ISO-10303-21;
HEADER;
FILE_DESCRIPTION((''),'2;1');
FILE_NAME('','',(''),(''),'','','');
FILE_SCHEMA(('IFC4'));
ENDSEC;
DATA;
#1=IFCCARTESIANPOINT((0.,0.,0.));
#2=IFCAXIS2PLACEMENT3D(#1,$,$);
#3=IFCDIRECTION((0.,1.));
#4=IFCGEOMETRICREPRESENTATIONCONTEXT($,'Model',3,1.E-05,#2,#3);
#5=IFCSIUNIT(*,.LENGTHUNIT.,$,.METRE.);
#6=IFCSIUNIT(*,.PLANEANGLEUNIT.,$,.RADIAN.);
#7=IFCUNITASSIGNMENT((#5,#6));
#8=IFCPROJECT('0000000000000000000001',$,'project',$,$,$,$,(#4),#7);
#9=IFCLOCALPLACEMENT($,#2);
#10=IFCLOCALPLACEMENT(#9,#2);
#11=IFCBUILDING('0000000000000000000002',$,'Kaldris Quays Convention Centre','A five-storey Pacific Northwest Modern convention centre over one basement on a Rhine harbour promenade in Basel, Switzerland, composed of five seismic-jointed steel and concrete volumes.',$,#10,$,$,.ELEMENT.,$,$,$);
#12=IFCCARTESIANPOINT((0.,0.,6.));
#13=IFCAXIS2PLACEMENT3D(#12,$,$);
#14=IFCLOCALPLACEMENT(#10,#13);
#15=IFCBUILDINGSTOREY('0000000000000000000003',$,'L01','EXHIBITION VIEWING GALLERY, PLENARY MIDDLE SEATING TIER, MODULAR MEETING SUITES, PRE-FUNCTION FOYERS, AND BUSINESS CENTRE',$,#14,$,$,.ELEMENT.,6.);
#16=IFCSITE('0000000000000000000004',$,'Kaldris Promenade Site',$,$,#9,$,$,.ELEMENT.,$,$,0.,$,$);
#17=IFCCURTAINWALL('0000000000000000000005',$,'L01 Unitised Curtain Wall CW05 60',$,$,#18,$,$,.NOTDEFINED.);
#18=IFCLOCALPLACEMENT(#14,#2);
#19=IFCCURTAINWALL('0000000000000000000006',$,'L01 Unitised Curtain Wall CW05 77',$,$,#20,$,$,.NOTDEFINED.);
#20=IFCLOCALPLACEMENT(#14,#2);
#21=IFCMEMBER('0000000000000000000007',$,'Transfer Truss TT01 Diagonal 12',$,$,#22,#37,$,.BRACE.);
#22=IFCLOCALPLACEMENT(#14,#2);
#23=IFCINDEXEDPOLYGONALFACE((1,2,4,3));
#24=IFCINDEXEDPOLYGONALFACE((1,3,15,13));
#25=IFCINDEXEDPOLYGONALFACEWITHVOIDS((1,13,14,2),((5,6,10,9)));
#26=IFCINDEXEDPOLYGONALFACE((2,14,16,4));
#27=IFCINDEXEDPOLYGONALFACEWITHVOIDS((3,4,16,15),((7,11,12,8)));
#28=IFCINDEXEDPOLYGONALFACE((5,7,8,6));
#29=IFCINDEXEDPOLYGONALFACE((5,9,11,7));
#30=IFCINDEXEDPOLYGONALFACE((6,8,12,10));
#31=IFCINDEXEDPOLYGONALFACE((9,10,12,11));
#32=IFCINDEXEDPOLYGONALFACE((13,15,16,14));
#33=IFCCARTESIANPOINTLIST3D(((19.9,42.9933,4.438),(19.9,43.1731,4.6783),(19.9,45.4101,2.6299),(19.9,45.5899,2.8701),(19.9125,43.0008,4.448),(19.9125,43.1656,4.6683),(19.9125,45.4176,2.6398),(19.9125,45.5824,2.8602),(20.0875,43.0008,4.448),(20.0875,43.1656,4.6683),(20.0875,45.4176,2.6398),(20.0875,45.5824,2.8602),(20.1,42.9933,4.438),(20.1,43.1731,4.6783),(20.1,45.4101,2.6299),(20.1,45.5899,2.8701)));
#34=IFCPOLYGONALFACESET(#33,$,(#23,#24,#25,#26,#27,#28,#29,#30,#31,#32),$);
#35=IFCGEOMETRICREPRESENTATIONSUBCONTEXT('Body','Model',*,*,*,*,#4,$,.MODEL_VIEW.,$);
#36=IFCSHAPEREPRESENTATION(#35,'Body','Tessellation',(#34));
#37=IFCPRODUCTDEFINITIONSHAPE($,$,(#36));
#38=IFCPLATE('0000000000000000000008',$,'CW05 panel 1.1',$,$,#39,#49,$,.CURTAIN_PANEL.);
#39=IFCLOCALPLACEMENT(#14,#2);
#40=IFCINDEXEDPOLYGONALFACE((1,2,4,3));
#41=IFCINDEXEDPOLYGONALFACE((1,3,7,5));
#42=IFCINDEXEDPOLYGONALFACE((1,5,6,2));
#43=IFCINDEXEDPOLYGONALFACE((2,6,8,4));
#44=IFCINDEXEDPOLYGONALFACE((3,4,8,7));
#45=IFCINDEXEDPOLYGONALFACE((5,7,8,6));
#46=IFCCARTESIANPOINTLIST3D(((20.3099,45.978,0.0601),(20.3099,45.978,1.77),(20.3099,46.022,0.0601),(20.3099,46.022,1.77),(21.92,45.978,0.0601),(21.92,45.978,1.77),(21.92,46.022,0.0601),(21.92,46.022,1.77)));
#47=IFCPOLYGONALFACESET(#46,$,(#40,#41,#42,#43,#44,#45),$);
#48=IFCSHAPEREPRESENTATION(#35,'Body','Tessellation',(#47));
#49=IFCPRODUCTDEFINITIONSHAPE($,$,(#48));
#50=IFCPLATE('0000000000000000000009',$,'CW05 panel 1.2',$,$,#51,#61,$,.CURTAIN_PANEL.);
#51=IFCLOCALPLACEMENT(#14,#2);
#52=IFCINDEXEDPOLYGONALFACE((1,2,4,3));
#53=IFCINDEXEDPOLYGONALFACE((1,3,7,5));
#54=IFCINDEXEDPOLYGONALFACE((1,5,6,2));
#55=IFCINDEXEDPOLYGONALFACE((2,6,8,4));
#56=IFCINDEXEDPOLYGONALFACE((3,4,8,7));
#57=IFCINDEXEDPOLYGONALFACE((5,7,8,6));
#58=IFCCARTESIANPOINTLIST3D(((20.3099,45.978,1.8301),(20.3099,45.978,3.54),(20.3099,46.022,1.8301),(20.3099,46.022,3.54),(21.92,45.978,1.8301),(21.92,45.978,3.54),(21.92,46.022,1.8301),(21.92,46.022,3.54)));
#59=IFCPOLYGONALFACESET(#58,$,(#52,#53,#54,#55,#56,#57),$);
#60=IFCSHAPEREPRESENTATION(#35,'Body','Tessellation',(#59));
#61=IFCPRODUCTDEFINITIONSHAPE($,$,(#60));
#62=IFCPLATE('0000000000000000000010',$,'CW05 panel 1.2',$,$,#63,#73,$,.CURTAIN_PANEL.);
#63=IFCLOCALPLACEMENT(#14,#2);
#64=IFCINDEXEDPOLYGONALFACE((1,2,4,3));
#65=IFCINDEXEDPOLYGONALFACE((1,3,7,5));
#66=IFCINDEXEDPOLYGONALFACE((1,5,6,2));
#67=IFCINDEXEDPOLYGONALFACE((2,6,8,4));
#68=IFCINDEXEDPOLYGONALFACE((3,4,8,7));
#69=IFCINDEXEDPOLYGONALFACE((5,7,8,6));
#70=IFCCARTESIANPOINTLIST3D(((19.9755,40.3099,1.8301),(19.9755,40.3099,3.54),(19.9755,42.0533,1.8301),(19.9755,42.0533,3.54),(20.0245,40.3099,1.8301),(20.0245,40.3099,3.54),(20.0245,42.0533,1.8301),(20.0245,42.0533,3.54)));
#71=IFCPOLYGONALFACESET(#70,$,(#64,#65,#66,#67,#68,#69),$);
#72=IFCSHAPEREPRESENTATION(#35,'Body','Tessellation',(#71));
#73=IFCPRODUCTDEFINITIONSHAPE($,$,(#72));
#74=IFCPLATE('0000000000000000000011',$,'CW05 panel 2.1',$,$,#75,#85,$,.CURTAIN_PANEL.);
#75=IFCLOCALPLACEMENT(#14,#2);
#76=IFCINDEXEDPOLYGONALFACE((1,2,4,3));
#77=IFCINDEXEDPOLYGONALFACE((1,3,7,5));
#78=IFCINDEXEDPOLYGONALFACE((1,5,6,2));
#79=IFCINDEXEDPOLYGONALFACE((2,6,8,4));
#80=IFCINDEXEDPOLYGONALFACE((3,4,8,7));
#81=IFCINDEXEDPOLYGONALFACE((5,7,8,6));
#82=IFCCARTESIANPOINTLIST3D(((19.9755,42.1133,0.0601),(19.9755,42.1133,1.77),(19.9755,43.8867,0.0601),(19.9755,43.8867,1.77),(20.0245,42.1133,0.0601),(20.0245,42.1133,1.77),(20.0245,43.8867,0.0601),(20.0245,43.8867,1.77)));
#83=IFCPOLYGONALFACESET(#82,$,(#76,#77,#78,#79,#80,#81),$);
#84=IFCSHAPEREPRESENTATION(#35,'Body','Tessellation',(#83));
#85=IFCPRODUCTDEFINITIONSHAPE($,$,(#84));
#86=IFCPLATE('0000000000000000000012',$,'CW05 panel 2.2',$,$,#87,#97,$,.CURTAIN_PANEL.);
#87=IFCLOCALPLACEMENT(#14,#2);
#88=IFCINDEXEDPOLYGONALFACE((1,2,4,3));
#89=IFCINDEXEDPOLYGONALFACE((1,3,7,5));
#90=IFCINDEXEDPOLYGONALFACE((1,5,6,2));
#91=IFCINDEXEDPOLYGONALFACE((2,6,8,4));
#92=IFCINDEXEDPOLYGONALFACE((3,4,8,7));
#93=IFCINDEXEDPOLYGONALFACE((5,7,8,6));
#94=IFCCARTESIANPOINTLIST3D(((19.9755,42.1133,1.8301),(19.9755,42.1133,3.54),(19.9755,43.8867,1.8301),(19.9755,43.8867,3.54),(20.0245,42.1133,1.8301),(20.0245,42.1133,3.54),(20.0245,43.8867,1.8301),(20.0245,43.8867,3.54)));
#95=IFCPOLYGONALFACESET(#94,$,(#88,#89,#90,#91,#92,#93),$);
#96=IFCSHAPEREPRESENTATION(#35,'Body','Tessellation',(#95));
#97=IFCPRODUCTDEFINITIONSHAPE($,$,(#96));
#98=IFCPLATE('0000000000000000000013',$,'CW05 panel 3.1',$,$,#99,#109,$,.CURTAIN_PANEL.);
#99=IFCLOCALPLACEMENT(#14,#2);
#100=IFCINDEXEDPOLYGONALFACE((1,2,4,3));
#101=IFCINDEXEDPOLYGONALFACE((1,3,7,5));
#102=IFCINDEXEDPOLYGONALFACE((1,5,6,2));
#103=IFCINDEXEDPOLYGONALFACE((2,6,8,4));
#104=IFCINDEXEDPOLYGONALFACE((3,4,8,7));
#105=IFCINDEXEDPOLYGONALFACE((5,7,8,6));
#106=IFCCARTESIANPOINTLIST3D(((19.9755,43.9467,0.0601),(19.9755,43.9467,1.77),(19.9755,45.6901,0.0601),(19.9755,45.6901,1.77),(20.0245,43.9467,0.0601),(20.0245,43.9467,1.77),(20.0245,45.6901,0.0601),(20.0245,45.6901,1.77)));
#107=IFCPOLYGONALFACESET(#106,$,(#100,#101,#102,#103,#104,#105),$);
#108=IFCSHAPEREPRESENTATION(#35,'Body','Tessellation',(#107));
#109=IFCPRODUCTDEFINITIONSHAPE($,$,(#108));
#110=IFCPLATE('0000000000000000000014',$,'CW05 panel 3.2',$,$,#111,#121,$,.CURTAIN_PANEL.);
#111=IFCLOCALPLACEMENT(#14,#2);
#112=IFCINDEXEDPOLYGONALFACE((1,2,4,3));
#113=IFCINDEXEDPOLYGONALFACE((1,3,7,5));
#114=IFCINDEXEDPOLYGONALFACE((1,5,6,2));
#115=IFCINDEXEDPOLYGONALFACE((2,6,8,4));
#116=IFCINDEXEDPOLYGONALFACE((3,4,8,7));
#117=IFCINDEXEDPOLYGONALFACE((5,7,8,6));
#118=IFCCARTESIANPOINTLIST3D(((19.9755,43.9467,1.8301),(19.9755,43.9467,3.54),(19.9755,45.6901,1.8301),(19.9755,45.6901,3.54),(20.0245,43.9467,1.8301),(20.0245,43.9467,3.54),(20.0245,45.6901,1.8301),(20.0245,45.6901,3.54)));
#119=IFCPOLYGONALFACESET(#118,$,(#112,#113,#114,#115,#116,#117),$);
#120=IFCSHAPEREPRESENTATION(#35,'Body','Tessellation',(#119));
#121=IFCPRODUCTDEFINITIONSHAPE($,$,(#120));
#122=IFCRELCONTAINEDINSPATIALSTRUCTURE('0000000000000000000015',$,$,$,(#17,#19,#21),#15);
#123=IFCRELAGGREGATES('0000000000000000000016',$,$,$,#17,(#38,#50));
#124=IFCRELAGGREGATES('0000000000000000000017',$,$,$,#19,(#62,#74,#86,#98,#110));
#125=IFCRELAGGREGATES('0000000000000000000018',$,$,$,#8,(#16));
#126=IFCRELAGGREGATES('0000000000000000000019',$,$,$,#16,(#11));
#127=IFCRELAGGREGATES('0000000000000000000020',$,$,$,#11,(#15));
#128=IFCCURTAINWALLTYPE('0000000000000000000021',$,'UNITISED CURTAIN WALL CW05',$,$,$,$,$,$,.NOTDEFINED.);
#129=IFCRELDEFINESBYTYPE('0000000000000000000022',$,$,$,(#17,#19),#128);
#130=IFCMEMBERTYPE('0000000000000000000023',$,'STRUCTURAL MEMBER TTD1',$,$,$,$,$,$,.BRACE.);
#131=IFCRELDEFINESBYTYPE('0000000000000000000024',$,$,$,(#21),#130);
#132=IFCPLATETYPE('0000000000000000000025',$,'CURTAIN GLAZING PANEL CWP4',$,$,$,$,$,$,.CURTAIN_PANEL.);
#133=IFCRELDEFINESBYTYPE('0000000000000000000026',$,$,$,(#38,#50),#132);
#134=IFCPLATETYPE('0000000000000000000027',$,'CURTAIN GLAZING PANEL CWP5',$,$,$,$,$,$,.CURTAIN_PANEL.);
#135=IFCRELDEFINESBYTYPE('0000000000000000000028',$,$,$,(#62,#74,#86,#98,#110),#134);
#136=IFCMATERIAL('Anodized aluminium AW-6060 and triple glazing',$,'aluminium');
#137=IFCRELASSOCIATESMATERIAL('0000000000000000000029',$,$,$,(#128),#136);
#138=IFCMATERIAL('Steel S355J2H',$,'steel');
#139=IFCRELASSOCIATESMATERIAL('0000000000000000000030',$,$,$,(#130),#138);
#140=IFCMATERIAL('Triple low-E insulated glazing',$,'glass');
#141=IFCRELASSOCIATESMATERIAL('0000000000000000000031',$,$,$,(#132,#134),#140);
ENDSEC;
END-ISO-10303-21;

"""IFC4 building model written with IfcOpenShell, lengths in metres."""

from ifc_helpers import new_model, si_unit, direction, frame, origin, origin_2d, place, context, subcontext, project, spatial, rectangle, hollow_rectangle, extrude, material, material_profile, profile_set, type_object, element, aggregate, save


model = new_model("IFC4")

# Units and contexts
model_context = context("Model", 3, precision=1e-05, world=origin(), true_north=direction((0.0, 1.0)))
body_context = subcontext(model_context, "Body", "Model", "MODEL_VIEW")
ifc_project = project(units=[si_unit("LENGTHUNIT", "METRE"), si_unit("PLANEANGLEUNIT", "RADIAN")], contexts=[model_context])

# Site, building, storey
site_placement = place(None, origin())
site = spatial("IfcSite", under=ifc_project, at=site_placement, Name="Kaldris Promenade Site", CompositionType="ELEMENT", RefElevation=0.0)
building_placement = place(site_placement, origin())
building = spatial("IfcBuilding", under=site, at=building_placement, Name="Kaldris Quays Convention Centre", Description="A five-storey Pacific Northwest Modern convention centre over one basement on a Rhine harbour promenade in Basel, Switzerland, composed of five seismic-jointed steel and concrete volumes.", CompositionType="ELEMENT")
storey_placement = place(building_placement, frame((0.0, 0.0, 6.0)))
storey = spatial("IfcBuildingStorey", under=building, at=storey_placement, Name="L01", Description="EXHIBITION VIEWING GALLERY, PLENARY MIDDLE SEATING TIER, MODULAR MEETING SUITES, PRE-FUNCTION FOYERS, AND BUSINESS CENTRE", CompositionType="ELEMENT", Elevation=6.0)

# Curtain walls
ifc_material_1 = material(Name="Anodized aluminium AW-6060 and triple glazing", Category="aluminium")
curtain_wall_type = type_object("IfcCurtainWallType", Name="UNITISED CURTAIN WALL CW05", PredefinedType="NOTDEFINED", material=ifc_material_1)
curtain_wall_1_placement = place(storey_placement, origin())
curtain_wall_1 = element("IfcCurtainWall", 1, at=curtain_wall_1_placement, inside=storey, type_object=curtain_wall_type, Name="L01 Unitised Curtain Wall CW05 60", PredefinedType="NOTDEFINED")
curtain_wall_2_placement = place(storey_placement, origin())
curtain_wall_2 = element("IfcCurtainWall", 2, at=curtain_wall_2_placement, inside=storey, type_object=curtain_wall_type, Name="L01 Unitised Curtain Wall CW05 77", PredefinedType="NOTDEFINED")

# Member
ifc_material_2 = material(Name="Steel S355J2H", Category="steel")
ifc_material_profile_1 = material_profile(ifc_material_2, hollow_rectangle(XDim=0.2, YDim=0.3, WallThickness=0.0125, at=origin_2d()), Name="RHS 300x200x12.5")
ifc_profile_set_1 = profile_set([ifc_material_profile_1], Name="Steel S355J2H")
member_type_1 = type_object("IfcMemberType", Name="STRUCTURAL MEMBER TTD1", PredefinedType="BRACE", material=ifc_profile_set_1)
member_1_placement = place(storey_placement, frame((20.0, 45.5, 2.75), z_axis=(0.0, -0.800708, 0.599055), x_axis=(1.0, 0.0, 0.0)))
element("IfcMember", 3, at=member_1_placement, inside=storey, type_object=member_type_1, Name="Transfer Truss TT01 Diagonal 12", PredefinedType="BRACE", context=body_context, shape_type="SweptSolid", body=[
    extrude(hollow_rectangle(XDim=0.2, YDim=0.3, WallThickness=0.0125, at=origin_2d()), origin(), (0.0, 0.0, 1.0), 3.0183),
])

# Plates
ifc_material_3 = material(Name="Triple low-E insulated glazing", Category="glass")
plate_type_1 = type_object("IfcPlateType", Name="CURTAIN GLAZING PANEL CWP4", PredefinedType="CURTAIN_PANEL", material=ifc_material_3)
plate_1_placement = place(storey_placement, frame((21.115, 46.0, 0.0601), z_axis=(0.0, 0.0, 1.0), x_axis=(1.0, 0.0, 0.0)))
plate_1 = element("IfcPlate", 4, at=plate_1_placement, type_object=plate_type_1, Name="CW05 panel 1.1", PredefinedType="CURTAIN_PANEL", context=body_context, shape_type="SweptSolid", body=[
    extrude(rectangle(XDim=1.6101, YDim=0.0439, at=origin_2d()), origin(), (0.0, 0.0, 1.0), 1.71),
])
plate_2_placement = place(storey_placement, frame((21.115, 46.0, 1.8301), z_axis=(0.0, 0.0, 1.0), x_axis=(1.0, 0.0, 0.0)))
plate_2 = element("IfcPlate", 5, at=plate_2_placement, type_object=plate_type_1, Name="CW05 panel 1.2", PredefinedType="CURTAIN_PANEL", context=body_context, shape_type="SweptSolid", body=[
    extrude(rectangle(XDim=1.6101, YDim=0.0439, at=origin_2d()), origin(), (0.0, 0.0, 1.0), 1.71),
])
aggregate(curtain_wall_1, [plate_1, plate_2])
plate_type_2 = type_object("IfcPlateType", Name="CURTAIN GLAZING PANEL CWP5", PredefinedType="CURTAIN_PANEL", material=ifc_material_3)
plate_3_placement = place(storey_placement, frame((20.0, 41.1816, 1.8301), z_axis=(0.0, 0.0, 1.0), x_axis=(0.0, 1.0, 0.0)))
plate_3 = element("IfcPlate", 6, at=plate_3_placement, type_object=plate_type_2, Name="CW05 panel 1.2", PredefinedType="CURTAIN_PANEL", context=body_context, shape_type="SweptSolid", body=[
    extrude(rectangle(XDim=1.7434, YDim=0.0491, at=origin_2d()), origin(), (0.0, 0.0, 1.0), 1.71),
])
plate_4_placement = place(storey_placement, frame((20.0, 43.0, 0.0601), z_axis=(0.0, 0.0, 1.0), x_axis=(0.0, 1.0, 0.0)))
plate_4 = element("IfcPlate", 7, at=plate_4_placement, type_object=plate_type_2, Name="CW05 panel 2.1", PredefinedType="CURTAIN_PANEL", context=body_context, shape_type="SweptSolid", body=[
    extrude(rectangle(XDim=1.7734, YDim=0.0491, at=origin_2d()), origin(), (0.0, 0.0, 1.0), 1.71),
])
plate_5_placement = place(storey_placement, frame((20.0, 43.0, 1.8301), z_axis=(0.0, 0.0, 1.0), x_axis=(0.0, 1.0, 0.0)))
plate_5 = element("IfcPlate", 8, at=plate_5_placement, type_object=plate_type_2, Name="CW05 panel 2.2", PredefinedType="CURTAIN_PANEL", context=body_context, shape_type="SweptSolid", body=[
    extrude(rectangle(XDim=1.7734, YDim=0.0491, at=origin_2d()), origin(), (0.0, 0.0, 1.0), 1.71),
])
plate_6_placement = place(storey_placement, frame((20.0, 44.8184, 0.0601), z_axis=(0.0, 0.0, 1.0), x_axis=(0.0, 1.0, 0.0)))
plate_6 = element("IfcPlate", 9, at=plate_6_placement, type_object=plate_type_2, Name="CW05 panel 3.1", PredefinedType="CURTAIN_PANEL", context=body_context, shape_type="SweptSolid", body=[
    extrude(rectangle(XDim=1.7434, YDim=0.0491, at=origin_2d()), origin(), (0.0, 0.0, 1.0), 1.71),
])
plate_7_placement = place(storey_placement, frame((20.0, 44.8184, 1.8301), z_axis=(0.0, 0.0, 1.0), x_axis=(0.0, 1.0, 0.0)))
plate_7 = element("IfcPlate", 10, at=plate_7_placement, type_object=plate_type_2, Name="CW05 panel 3.2", PredefinedType="CURTAIN_PANEL", context=body_context, shape_type="SweptSolid", body=[
    extrude(rectangle(XDim=1.7434, YDim=0.0491, at=origin_2d()), origin(), (0.0, 0.0, 1.0), 1.71),
])
aggregate(curtain_wall_2, [plate_3, plate_4, plate_5, plate_6, plate_7])

save(model, "model.ifc")
